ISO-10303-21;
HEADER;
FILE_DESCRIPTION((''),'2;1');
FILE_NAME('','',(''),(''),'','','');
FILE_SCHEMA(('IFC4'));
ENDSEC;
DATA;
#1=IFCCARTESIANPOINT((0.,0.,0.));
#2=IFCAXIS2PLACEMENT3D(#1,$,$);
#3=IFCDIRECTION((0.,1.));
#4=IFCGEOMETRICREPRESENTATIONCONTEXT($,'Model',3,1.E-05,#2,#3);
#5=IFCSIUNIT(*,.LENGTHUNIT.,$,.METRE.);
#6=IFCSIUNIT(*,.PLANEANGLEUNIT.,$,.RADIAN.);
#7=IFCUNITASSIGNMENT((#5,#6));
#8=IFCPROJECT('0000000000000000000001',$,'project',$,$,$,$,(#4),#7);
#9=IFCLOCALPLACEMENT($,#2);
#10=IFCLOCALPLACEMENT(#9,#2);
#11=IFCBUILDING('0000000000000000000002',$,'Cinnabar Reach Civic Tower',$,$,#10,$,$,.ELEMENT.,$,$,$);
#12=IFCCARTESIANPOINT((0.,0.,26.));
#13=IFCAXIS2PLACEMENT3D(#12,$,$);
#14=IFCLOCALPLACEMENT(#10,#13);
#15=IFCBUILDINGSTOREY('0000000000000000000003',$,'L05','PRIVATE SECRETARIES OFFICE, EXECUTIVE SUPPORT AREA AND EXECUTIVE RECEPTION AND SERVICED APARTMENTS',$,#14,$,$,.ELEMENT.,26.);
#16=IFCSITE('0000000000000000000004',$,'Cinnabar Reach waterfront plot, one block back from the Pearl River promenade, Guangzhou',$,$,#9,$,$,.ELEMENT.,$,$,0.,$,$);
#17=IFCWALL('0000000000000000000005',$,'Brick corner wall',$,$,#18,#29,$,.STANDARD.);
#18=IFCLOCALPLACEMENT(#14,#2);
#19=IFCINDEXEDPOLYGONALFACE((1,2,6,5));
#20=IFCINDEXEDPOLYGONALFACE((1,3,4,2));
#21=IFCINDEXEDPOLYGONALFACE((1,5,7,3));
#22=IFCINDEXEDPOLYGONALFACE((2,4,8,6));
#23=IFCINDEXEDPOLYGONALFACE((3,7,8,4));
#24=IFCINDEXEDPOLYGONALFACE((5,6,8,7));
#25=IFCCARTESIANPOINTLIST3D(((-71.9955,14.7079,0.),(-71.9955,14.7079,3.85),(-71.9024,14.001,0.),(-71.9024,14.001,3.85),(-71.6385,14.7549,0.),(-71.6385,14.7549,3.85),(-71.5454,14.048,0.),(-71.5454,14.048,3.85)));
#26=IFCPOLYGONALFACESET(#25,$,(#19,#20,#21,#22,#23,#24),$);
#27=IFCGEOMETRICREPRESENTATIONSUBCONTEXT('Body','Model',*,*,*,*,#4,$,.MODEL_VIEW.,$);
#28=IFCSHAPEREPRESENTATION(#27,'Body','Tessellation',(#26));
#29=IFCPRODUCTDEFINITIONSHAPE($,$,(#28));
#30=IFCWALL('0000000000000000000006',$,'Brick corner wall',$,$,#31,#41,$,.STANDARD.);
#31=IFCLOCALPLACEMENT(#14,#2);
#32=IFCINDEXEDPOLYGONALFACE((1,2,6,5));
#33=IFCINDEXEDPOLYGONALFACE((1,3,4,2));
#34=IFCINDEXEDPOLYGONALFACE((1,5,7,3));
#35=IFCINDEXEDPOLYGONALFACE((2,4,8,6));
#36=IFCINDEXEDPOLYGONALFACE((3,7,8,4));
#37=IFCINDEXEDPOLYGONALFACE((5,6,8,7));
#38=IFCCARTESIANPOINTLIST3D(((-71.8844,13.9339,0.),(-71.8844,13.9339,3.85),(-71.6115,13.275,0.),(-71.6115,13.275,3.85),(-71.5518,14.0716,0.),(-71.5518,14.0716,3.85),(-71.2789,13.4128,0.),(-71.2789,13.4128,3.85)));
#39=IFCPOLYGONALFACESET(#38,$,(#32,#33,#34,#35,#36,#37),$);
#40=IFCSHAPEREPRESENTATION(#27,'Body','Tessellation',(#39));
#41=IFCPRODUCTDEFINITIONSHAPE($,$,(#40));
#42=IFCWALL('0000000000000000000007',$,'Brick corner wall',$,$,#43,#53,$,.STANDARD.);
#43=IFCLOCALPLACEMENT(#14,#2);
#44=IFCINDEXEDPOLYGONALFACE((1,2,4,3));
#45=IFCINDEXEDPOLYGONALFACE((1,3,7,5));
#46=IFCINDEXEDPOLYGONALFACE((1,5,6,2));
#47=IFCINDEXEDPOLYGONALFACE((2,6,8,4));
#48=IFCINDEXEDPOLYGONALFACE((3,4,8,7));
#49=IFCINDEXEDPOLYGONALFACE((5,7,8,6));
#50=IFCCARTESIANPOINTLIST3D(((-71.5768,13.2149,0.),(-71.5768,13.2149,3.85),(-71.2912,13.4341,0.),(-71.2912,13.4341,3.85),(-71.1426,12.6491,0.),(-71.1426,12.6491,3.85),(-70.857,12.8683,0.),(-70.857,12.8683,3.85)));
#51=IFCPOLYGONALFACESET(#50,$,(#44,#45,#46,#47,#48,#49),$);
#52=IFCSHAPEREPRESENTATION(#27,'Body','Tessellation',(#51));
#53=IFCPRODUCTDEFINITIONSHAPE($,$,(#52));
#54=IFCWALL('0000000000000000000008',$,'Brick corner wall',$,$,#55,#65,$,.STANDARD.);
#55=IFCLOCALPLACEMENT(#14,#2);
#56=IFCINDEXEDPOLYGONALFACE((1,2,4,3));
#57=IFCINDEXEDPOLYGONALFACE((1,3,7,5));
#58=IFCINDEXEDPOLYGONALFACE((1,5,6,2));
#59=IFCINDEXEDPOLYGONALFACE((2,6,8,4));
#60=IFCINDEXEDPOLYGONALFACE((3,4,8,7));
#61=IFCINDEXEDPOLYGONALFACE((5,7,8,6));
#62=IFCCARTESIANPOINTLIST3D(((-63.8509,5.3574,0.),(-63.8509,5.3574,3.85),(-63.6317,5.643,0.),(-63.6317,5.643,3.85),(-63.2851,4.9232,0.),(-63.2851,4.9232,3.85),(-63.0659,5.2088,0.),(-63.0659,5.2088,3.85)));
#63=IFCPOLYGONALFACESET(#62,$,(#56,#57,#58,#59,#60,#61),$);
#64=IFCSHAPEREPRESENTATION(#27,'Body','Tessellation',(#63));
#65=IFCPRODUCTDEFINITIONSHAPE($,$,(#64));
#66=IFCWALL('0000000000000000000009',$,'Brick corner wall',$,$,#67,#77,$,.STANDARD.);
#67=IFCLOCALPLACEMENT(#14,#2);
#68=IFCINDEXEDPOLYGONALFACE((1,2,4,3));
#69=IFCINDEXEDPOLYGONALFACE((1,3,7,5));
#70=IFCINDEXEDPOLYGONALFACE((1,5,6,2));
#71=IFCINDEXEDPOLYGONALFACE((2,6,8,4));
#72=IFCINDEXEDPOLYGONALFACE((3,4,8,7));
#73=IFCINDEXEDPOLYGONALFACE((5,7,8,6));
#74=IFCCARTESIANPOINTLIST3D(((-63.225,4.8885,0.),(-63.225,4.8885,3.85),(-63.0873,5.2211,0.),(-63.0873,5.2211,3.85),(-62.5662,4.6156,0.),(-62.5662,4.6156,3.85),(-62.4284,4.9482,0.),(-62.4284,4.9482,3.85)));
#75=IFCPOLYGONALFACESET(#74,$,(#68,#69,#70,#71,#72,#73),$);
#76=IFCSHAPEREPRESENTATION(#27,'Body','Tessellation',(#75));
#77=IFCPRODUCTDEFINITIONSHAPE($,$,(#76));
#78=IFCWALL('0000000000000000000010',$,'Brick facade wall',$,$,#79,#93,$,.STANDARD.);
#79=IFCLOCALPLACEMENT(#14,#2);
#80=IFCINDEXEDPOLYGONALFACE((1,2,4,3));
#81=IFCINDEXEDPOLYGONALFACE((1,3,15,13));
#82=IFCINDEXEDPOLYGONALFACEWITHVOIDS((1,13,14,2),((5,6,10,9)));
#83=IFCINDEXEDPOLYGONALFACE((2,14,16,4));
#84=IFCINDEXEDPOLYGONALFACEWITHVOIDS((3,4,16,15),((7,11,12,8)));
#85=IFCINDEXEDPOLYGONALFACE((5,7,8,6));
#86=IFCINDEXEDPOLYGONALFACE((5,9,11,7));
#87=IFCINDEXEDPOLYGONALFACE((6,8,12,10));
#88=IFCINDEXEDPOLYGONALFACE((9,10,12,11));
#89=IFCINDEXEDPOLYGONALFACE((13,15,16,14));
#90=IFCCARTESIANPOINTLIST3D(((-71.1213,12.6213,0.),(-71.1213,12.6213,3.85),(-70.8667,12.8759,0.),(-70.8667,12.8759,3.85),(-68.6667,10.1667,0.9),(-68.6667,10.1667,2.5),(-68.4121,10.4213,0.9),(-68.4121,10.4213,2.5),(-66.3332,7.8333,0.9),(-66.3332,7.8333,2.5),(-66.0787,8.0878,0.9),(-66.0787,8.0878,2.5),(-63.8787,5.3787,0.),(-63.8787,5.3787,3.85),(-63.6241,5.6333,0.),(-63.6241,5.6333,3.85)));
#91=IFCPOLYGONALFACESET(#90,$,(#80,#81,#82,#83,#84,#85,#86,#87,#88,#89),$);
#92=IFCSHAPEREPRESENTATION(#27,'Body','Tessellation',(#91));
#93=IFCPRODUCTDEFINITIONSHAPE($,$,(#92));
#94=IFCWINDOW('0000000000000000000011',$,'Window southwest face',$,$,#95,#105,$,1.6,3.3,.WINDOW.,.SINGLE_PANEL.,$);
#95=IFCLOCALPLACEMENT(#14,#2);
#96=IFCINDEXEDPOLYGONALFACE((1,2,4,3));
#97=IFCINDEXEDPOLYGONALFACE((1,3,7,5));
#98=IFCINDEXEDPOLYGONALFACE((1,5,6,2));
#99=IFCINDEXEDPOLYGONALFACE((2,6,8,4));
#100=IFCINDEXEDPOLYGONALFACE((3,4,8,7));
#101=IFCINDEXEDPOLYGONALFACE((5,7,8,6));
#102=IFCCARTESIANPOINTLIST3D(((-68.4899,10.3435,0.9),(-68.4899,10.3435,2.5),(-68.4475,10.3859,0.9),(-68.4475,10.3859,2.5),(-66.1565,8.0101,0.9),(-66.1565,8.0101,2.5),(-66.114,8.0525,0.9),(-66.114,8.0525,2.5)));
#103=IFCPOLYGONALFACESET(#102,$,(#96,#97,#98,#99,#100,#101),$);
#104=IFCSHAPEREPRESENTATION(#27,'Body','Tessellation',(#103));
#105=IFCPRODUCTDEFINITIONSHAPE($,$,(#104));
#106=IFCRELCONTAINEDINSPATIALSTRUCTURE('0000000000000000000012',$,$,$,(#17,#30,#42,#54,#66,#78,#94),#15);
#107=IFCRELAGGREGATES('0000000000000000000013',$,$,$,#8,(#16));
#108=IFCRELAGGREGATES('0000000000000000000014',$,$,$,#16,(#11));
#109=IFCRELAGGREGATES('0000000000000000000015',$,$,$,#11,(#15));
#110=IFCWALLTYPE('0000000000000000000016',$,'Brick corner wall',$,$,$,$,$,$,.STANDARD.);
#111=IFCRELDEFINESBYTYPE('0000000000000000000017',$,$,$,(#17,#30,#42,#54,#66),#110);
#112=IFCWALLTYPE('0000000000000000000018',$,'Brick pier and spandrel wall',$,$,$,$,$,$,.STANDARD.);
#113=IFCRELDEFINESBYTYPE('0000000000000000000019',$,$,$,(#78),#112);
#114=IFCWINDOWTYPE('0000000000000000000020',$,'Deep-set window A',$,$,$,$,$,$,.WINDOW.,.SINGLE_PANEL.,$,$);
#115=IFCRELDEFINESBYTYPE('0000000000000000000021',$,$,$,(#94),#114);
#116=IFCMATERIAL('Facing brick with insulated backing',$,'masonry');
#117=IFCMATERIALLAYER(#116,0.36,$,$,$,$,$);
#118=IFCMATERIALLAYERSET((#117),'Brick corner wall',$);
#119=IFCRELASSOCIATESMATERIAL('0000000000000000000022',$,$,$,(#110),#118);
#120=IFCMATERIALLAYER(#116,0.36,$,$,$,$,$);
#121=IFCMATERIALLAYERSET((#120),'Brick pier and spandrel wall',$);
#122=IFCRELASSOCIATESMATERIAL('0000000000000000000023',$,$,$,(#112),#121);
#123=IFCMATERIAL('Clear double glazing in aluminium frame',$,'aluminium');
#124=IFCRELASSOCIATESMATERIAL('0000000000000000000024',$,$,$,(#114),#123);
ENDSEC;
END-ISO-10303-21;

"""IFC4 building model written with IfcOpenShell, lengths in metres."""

from ifc_helpers import new_model, si_unit, direction, frame, frame_2d, origin, place, context, subcontext, project, spatial, rectangle, extrude, material, layer, layer_set, type_object, element, fill, save


model = new_model("IFC4")

# Units and contexts
model_context = context("Model", 3, precision=1e-05, world=origin(), true_north=direction((0.0, 1.0)))
body_context = subcontext(model_context, "Body", "Model", "MODEL_VIEW")
ifc_project = project(units=[si_unit("LENGTHUNIT", "METRE"), si_unit("PLANEANGLEUNIT", "RADIAN")], contexts=[model_context])

# Site, building, storey
site_placement = place(None, origin())
site = spatial("IfcSite", under=ifc_project, at=site_placement, Name="Cinnabar Reach waterfront plot, one block back from the Pearl River promenade, Guangzhou", CompositionType="ELEMENT", RefElevation=0.0)
building_placement = place(site_placement, origin())
building = spatial("IfcBuilding", under=site, at=building_placement, Name="Cinnabar Reach Civic Tower", CompositionType="ELEMENT")
storey_placement = place(building_placement, frame((0.0, 0.0, 26.0)))
storey = spatial("IfcBuildingStorey", under=building, at=storey_placement, Name="L05", Description="PRIVATE SECRETARIES OFFICE, EXECUTIVE SUPPORT AREA AND EXECUTIVE RECEPTION AND SERVICED APARTMENTS", CompositionType="ELEMENT", Elevation=26.0)

# Walls
ifc_material_1 = material(Name="Facing brick with insulated backing", Category="masonry")
ifc_layer_1 = layer(ifc_material_1, 0.36)
ifc_layer_set_1 = layer_set([ifc_layer_1], Name="Brick corner wall")
wall_type_1 = type_object("IfcWallType", Name="Brick corner wall", PredefinedType="STANDARD", material=ifc_layer_set_1)
for number, where, z_axis, x_axis, name in (
    (1, (-71.817, 14.7314, 0.0), (0.0, 0.0, 1.0), (0.130556, -0.991441, 0.0), "Brick corner wall"),
    (2, (-71.7181, 14.0027, 0.0), (0.0, 0.0, 1.0), (0.382703, -0.923872, 0.0), "Brick corner wall"),
):
    element("IfcWall", number, at=place(storey_placement, frame(where, z_axis=z_axis, x_axis=x_axis)), inside=storey, type_object=wall_type_1, Name=name, PredefinedType="STANDARD", context=body_context, shape_type="SweptSolid", body=[
        extrude(rectangle(XDim=0.7131, YDim=0.36, at=frame_2d((0.3565, 0.0))), origin(), (0.0, 0.0, 1.0), 3.85),
    ])
for number, where, z_axis, x_axis, name in (
    (3, (-71.434, 13.3245, 0.0), (0.0, 0.0, 1.0), (0.608802, -0.793322, 0.0), "Brick corner wall"),
    (4, (-63.7413, 5.5002, 0.0), (0.0, 0.0, 1.0), (0.793322, -0.608802, 0.0), "Brick corner wall"),
):
    element("IfcWall", number, at=place(storey_placement, frame(where, z_axis=z_axis, x_axis=x_axis)), inside=storey, type_object=wall_type_1, Name=name, PredefinedType="STANDARD", context=body_context, shape_type="SweptSolid", body=[
        extrude(rectangle(XDim=0.7132, YDim=0.36, at=frame_2d((0.3566, 0.0))), origin(), (0.0, 0.0, 1.0), 3.85),
    ])
wall_1_placement = place(storey_placement, frame((-63.1561, 5.0548, 0.0), z_axis=(0.0, 0.0, 1.0), x_axis=(0.923872, -0.382703, 0.0)))
element("IfcWall", 5, at=wall_1_placement, inside=storey, type_object=wall_type_1, Name="Brick corner wall", PredefinedType="STANDARD", context=body_context, shape_type="SweptSolid", body=[
    extrude(rectangle(XDim=0.7131, YDim=0.36, at=frame_2d((0.3565, 0.0))), origin(), (0.0, 0.0, 1.0), 3.85),
])

# Wall, opening, window
ifc_layer_2 = layer(ifc_material_1, 0.36)
ifc_layer_set_2 = layer_set([ifc_layer_2], Name="Brick pier and spandrel wall")
wall_type_2 = type_object("IfcWallType", Name="Brick pier and spandrel wall", PredefinedType="STANDARD", material=ifc_layer_set_2)
wall_2_placement = place(storey_placement, frame((-70.994, 12.7486, 0.0), z_axis=(0.0, 0.0, 1.0), x_axis=(0.707107, -0.707107, 0.0)))
wall_2 = element("IfcWall", 6, at=wall_2_placement, inside=storey, type_object=wall_type_2, Name="Brick facade wall", PredefinedType="STANDARD", context=body_context, shape_type="SweptSolid", body=[
    extrude(rectangle(XDim=10.2426, YDim=0.36, at=frame_2d((5.1213, 0.0))), origin(), (0.0, 0.0, 1.0), 3.85),
])
opening_placement = place(wall_2_placement, frame((3.4713, 0.0, 0.9)))
opening = element("IfcOpeningElement", 7, at=opening_placement, cuts=wall_2, PredefinedType="OPENING", context=body_context, shape_type="SweptSolid", body=[
    extrude(rectangle(XDim=3.3, YDim=1.6, at=frame_2d((1.65, 0.8))), frame((0.0, 0.19, 0.0), z_axis=(0.0, -1.0, 0.0), x_axis=(1.0, 0.0, 0.0)), (0.0, 0.0, 1.0), 0.38),
])
ifc_material_2 = material(Name="Clear double glazing in aluminium frame", Category="aluminium")
window_type = type_object("IfcWindowType", Name="Deep-set window A", PartitioningType="SINGLE_PANEL", PredefinedType="WINDOW", material=ifc_material_2)
window_placement = place(opening_placement, origin())
window = element("IfcWindow", 8, at=window_placement, inside=storey, type_object=window_type, Name="Window southwest face", OverallHeight=1.6, OverallWidth=3.3, PartitioningType="SINGLE_PANEL", PredefinedType="WINDOW", context=body_context, shape_type="SweptSolid", body=[
    extrude(rectangle(XDim=3.3, YDim=1.6, at=frame_2d((1.65, 0.8))), frame((0.0, 0.13, 0.0), z_axis=(0.0, -1.0, 0.0), x_axis=(1.0, 0.0, 0.0)), (0.0, 0.0, 1.0), 0.06),
])
fill(opening, window)

save(model, "model.ifc")
